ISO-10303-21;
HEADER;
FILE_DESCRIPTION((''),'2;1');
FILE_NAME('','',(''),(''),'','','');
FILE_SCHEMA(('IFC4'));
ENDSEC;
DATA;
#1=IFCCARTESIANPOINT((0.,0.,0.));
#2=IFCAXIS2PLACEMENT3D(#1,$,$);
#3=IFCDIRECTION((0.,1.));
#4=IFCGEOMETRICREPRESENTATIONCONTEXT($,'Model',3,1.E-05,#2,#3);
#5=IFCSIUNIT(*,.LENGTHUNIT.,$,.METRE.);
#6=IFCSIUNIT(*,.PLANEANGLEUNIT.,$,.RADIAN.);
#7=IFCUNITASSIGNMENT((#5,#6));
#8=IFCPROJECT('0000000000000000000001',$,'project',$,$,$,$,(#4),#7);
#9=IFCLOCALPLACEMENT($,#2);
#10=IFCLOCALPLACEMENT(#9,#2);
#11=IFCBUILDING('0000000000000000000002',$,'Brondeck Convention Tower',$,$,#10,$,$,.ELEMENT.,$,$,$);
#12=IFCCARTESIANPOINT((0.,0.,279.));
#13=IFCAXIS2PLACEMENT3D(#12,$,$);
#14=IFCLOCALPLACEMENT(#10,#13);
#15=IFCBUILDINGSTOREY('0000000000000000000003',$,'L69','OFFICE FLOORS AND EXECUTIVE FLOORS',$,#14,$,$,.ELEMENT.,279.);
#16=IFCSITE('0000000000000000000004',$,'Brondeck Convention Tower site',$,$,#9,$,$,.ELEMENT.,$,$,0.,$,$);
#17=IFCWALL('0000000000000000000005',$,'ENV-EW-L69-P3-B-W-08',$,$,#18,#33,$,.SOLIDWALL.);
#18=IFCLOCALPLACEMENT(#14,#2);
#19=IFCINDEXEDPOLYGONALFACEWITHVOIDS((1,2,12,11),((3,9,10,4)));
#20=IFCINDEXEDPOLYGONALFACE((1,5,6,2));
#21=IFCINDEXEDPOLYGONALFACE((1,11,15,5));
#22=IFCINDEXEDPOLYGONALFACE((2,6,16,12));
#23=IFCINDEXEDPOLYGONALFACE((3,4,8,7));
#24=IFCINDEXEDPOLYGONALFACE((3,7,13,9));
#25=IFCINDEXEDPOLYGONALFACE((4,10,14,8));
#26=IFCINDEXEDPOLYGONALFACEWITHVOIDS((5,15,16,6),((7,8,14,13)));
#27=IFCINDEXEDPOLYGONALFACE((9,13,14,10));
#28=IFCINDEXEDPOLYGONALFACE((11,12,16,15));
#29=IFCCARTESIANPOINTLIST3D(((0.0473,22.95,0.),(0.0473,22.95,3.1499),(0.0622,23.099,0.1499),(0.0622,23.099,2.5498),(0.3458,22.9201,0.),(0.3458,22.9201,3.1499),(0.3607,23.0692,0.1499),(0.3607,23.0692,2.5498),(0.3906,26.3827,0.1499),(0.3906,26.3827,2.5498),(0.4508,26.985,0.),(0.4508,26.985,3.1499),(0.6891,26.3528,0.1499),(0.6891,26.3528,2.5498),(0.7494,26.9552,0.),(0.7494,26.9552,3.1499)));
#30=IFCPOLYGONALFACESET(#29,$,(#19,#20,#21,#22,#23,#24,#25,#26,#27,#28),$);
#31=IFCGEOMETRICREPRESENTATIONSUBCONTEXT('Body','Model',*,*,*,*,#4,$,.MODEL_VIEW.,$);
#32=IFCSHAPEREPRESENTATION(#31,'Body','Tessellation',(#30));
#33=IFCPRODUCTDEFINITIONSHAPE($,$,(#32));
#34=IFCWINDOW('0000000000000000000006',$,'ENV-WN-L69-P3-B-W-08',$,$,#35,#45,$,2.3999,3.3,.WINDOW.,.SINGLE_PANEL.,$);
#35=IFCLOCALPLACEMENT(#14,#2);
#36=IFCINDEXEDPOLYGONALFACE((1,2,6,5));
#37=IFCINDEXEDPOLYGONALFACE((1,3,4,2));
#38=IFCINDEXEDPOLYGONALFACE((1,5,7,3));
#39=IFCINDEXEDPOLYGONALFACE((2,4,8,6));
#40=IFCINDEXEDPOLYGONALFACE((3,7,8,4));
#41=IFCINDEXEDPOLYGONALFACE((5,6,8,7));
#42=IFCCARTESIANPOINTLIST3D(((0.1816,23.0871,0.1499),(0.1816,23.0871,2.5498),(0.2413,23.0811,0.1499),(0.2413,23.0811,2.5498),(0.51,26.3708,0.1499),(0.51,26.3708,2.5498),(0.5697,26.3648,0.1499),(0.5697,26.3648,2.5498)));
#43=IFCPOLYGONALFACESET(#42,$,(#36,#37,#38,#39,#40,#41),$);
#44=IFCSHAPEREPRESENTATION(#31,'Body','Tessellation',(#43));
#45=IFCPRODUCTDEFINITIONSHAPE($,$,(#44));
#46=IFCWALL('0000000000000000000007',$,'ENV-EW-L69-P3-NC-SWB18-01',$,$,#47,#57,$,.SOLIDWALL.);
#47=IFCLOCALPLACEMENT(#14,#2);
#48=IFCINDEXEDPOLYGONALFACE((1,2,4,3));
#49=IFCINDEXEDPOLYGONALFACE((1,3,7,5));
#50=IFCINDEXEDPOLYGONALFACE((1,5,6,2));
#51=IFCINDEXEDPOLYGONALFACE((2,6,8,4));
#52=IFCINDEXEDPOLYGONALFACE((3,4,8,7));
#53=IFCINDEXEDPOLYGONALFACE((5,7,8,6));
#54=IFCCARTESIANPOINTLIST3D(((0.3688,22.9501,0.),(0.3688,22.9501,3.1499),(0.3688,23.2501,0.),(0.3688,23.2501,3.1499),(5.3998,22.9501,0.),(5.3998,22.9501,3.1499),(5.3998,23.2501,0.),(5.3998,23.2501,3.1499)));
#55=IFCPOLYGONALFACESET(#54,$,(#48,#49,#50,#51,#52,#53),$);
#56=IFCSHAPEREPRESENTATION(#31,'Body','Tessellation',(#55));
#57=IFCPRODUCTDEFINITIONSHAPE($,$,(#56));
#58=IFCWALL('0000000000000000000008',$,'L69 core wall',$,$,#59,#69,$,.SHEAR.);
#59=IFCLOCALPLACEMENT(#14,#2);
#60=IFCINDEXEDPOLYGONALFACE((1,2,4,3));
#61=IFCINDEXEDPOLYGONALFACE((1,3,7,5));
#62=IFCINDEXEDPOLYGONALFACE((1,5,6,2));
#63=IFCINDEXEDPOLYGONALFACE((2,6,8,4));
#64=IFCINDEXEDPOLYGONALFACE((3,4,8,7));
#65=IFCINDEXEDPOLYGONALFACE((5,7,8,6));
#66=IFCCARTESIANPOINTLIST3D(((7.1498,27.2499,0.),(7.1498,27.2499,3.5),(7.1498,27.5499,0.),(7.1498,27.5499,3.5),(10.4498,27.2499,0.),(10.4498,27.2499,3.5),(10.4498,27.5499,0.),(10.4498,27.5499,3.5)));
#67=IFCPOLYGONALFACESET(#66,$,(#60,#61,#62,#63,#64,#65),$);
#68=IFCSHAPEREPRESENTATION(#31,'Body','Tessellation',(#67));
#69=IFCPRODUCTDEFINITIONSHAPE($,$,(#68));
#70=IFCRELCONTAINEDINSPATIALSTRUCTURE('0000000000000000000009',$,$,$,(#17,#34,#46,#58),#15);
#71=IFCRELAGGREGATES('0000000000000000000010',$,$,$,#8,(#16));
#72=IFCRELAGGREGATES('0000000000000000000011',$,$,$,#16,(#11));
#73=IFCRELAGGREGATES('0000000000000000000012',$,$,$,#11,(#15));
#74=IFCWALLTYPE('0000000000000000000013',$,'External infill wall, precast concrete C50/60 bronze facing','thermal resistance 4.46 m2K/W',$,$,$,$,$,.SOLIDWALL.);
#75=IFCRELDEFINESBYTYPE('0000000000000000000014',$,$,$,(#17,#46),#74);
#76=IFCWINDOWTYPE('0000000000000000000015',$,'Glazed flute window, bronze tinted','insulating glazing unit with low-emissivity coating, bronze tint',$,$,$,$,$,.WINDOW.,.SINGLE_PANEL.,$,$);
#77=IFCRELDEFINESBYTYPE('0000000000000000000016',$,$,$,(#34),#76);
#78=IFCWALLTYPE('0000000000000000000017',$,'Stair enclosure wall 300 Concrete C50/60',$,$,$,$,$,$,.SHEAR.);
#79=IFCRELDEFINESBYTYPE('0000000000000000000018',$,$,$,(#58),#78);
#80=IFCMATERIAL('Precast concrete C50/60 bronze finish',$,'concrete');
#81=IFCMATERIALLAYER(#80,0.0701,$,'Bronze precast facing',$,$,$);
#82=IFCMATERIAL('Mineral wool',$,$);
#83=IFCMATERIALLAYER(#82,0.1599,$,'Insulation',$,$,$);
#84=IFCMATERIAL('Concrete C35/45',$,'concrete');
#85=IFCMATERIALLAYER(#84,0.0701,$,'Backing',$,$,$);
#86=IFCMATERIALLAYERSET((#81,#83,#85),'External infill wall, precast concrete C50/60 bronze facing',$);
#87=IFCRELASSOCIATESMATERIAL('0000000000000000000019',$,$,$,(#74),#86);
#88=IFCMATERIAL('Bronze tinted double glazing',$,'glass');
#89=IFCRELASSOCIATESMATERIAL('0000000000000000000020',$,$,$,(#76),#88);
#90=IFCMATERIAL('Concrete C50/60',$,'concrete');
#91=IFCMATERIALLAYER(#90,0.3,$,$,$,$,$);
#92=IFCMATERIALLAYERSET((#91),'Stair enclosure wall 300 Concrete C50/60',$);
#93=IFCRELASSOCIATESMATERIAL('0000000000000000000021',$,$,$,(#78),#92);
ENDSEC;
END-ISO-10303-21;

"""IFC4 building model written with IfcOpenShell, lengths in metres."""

from ifc_helpers import new_model, si_unit, direction, frame, frame_2d, origin, place, context, subcontext, project, spatial, rectangle, extrude, material, layer, layer_set, type_object, element, fill, save


model = new_model("IFC4")

# Units and contexts
model_context = context("Model", 3, precision=1e-05, world=origin(), true_north=direction((0.0, 1.0)))
body_context = subcontext(model_context, "Body", "Model", "MODEL_VIEW")
ifc_project = project(units=[si_unit("LENGTHUNIT", "METRE"), si_unit("PLANEANGLEUNIT", "RADIAN")], contexts=[model_context])

# Site, building, storey
site_placement = place(None, origin())
site = spatial("IfcSite", under=ifc_project, at=site_placement, Name="Brondeck Convention Tower site", CompositionType="ELEMENT", RefElevation=0.0)
building_placement = place(site_placement, origin())
building = spatial("IfcBuilding", under=site, at=building_placement, Name="Brondeck Convention Tower", CompositionType="ELEMENT")
storey_placement = place(building_placement, frame((0.0, 0.0, 279.0)))
storey = spatial("IfcBuildingStorey", under=building, at=storey_placement, Name="L69", Description="OFFICE FLOORS AND EXECUTIVE FLOORS", CompositionType="ELEMENT", Elevation=279.0)

# Shared definitions
ifc_material_1 = material(Name="Concrete C50/60", Category="concrete")

# Shared definitions
ifc_material_2 = material(Name="Precast concrete C50/60 bronze finish", Category="concrete")
ifc_layer_1 = layer(ifc_material_2, 0.0701, Name="Bronze precast facing")
ifc_material_3 = material(Name="Mineral wool")
ifc_layer_2 = layer(ifc_material_3, 0.1599, Name="Insulation")
ifc_material_4 = material(Name="Concrete C35/45", Category="concrete")
ifc_layer_3 = layer(ifc_material_4, 0.0701, Name="Backing")
ifc_layer_set_1 = layer_set([ifc_layer_1, ifc_layer_2, ifc_layer_3], Name="External infill wall, precast concrete C50/60 bronze facing")
wall_type_1 = type_object("IfcWallType", Name="External infill wall, precast concrete C50/60 bronze facing", Description="thermal resistance 4.46 m2K/W", PredefinedType="SOLIDWALL", material=ifc_layer_set_1)
ifc_material_5 = material(Name="Bronze tinted double glazing", Category="glass")
window_type_1 = type_object("IfcWindowType", Name="Glazed flute window, bronze tinted", Description="insulating glazing unit with low-emissivity coating, bronze tint", PartitioningType="SINGLE_PANEL", PredefinedType="WINDOW", material=ifc_material_5)

# Wall, opening, window
wall_1_placement = place(storey_placement, frame((0.1965, 22.9351, 0.0), z_axis=(0.0, 0.0, 1.0), x_axis=(0.099516, 0.995036, 0.0)))
wall_1 = element("IfcWall", 1, at=wall_1_placement, inside=storey, type_object=wall_type_1, Name="ENV-EW-L69-P3-B-W-08", PredefinedType="SOLIDWALL", context=body_context, shape_type="SweptSolid", body=[
    extrude(rectangle(XDim=4.0552, YDim=0.3, at=frame_2d((2.0276, 0.0))), origin(), (0.0, 0.0, 1.0), 3.1499),
])
opening_1_placement = place(wall_1_placement, frame((0.1499, 0.0, 0.1499)))
opening_1 = element("IfcOpeningElement", 2, at=opening_1_placement, cuts=wall_1, PredefinedType="OPENING", context=body_context, shape_type="SweptSolid", body=[
    extrude(rectangle(XDim=3.3, YDim=2.3999, at=frame_2d((1.6499, 1.2))), frame((0.0, 0.1599, 0.0), z_axis=(0.0, -1.0, 0.0), x_axis=(1.0, 0.0, 0.0)), (0.0, 0.0, 1.0), 0.3201),
])
window_1_placement = place(opening_1_placement, origin())
window_1 = element("IfcWindow", 3, at=window_1_placement, inside=storey, type_object=window_type_1, Name="ENV-WN-L69-P3-B-W-08", OverallHeight=2.3999, OverallWidth=3.3, PartitioningType="SINGLE_PANEL", PredefinedType="WINDOW", context=body_context, shape_type="SweptSolid", body=[
    extrude(rectangle(XDim=3.3, YDim=2.3999, at=frame_2d((1.6499, 1.2))), frame((0.0, 0.03, 0.0), z_axis=(0.0, -1.0, 0.0), x_axis=(1.0, 0.0, 0.0)), (0.0, 0.0, 1.0), 0.0601),
])
fill(opening_1, window_1)

# Walls
wall_2_placement = place(storey_placement, frame((5.3999, 23.1001, 0.0), z_axis=(0.0, 0.0, 1.0), x_axis=(-1.0, 0.0, 0.0)))
element("IfcWall", 4, at=wall_2_placement, inside=storey, type_object=wall_type_1, Name="ENV-EW-L69-P3-NC-SWB18-01", PredefinedType="SOLIDWALL", context=body_context, shape_type="SweptSolid", body=[
    extrude(rectangle(XDim=5.031, YDim=0.3, at=frame_2d((2.5156, 0.0))), origin(), (0.0, 0.0, 1.0), 3.1499),
])
ifc_layer_4 = layer(ifc_material_1, 0.3)
ifc_layer_set_2 = layer_set([ifc_layer_4], Name="Stair enclosure wall 300 Concrete C50/60")
wall_type_2 = type_object("IfcWallType", Name="Stair enclosure wall 300 Concrete C50/60", PredefinedType="SHEAR", material=ifc_layer_set_2)
wall_3_placement = place(storey_placement, frame((7.1499, 27.3999, 0.0), z_axis=(0.0, 0.0, 1.0), x_axis=(1.0, 0.0, 0.0)))
element("IfcWall", 5, at=wall_3_placement, inside=storey, type_object=wall_type_2, Name="L69 core wall", PredefinedType="SHEAR", context=body_context, shape_type="SweptSolid", body=[
    extrude(rectangle(XDim=3.3, YDim=0.3, at=frame_2d((1.6499, 0.0))), origin(), (0.0, 0.0, 1.0), 3.5),
])

save(model, "model.ifc")
